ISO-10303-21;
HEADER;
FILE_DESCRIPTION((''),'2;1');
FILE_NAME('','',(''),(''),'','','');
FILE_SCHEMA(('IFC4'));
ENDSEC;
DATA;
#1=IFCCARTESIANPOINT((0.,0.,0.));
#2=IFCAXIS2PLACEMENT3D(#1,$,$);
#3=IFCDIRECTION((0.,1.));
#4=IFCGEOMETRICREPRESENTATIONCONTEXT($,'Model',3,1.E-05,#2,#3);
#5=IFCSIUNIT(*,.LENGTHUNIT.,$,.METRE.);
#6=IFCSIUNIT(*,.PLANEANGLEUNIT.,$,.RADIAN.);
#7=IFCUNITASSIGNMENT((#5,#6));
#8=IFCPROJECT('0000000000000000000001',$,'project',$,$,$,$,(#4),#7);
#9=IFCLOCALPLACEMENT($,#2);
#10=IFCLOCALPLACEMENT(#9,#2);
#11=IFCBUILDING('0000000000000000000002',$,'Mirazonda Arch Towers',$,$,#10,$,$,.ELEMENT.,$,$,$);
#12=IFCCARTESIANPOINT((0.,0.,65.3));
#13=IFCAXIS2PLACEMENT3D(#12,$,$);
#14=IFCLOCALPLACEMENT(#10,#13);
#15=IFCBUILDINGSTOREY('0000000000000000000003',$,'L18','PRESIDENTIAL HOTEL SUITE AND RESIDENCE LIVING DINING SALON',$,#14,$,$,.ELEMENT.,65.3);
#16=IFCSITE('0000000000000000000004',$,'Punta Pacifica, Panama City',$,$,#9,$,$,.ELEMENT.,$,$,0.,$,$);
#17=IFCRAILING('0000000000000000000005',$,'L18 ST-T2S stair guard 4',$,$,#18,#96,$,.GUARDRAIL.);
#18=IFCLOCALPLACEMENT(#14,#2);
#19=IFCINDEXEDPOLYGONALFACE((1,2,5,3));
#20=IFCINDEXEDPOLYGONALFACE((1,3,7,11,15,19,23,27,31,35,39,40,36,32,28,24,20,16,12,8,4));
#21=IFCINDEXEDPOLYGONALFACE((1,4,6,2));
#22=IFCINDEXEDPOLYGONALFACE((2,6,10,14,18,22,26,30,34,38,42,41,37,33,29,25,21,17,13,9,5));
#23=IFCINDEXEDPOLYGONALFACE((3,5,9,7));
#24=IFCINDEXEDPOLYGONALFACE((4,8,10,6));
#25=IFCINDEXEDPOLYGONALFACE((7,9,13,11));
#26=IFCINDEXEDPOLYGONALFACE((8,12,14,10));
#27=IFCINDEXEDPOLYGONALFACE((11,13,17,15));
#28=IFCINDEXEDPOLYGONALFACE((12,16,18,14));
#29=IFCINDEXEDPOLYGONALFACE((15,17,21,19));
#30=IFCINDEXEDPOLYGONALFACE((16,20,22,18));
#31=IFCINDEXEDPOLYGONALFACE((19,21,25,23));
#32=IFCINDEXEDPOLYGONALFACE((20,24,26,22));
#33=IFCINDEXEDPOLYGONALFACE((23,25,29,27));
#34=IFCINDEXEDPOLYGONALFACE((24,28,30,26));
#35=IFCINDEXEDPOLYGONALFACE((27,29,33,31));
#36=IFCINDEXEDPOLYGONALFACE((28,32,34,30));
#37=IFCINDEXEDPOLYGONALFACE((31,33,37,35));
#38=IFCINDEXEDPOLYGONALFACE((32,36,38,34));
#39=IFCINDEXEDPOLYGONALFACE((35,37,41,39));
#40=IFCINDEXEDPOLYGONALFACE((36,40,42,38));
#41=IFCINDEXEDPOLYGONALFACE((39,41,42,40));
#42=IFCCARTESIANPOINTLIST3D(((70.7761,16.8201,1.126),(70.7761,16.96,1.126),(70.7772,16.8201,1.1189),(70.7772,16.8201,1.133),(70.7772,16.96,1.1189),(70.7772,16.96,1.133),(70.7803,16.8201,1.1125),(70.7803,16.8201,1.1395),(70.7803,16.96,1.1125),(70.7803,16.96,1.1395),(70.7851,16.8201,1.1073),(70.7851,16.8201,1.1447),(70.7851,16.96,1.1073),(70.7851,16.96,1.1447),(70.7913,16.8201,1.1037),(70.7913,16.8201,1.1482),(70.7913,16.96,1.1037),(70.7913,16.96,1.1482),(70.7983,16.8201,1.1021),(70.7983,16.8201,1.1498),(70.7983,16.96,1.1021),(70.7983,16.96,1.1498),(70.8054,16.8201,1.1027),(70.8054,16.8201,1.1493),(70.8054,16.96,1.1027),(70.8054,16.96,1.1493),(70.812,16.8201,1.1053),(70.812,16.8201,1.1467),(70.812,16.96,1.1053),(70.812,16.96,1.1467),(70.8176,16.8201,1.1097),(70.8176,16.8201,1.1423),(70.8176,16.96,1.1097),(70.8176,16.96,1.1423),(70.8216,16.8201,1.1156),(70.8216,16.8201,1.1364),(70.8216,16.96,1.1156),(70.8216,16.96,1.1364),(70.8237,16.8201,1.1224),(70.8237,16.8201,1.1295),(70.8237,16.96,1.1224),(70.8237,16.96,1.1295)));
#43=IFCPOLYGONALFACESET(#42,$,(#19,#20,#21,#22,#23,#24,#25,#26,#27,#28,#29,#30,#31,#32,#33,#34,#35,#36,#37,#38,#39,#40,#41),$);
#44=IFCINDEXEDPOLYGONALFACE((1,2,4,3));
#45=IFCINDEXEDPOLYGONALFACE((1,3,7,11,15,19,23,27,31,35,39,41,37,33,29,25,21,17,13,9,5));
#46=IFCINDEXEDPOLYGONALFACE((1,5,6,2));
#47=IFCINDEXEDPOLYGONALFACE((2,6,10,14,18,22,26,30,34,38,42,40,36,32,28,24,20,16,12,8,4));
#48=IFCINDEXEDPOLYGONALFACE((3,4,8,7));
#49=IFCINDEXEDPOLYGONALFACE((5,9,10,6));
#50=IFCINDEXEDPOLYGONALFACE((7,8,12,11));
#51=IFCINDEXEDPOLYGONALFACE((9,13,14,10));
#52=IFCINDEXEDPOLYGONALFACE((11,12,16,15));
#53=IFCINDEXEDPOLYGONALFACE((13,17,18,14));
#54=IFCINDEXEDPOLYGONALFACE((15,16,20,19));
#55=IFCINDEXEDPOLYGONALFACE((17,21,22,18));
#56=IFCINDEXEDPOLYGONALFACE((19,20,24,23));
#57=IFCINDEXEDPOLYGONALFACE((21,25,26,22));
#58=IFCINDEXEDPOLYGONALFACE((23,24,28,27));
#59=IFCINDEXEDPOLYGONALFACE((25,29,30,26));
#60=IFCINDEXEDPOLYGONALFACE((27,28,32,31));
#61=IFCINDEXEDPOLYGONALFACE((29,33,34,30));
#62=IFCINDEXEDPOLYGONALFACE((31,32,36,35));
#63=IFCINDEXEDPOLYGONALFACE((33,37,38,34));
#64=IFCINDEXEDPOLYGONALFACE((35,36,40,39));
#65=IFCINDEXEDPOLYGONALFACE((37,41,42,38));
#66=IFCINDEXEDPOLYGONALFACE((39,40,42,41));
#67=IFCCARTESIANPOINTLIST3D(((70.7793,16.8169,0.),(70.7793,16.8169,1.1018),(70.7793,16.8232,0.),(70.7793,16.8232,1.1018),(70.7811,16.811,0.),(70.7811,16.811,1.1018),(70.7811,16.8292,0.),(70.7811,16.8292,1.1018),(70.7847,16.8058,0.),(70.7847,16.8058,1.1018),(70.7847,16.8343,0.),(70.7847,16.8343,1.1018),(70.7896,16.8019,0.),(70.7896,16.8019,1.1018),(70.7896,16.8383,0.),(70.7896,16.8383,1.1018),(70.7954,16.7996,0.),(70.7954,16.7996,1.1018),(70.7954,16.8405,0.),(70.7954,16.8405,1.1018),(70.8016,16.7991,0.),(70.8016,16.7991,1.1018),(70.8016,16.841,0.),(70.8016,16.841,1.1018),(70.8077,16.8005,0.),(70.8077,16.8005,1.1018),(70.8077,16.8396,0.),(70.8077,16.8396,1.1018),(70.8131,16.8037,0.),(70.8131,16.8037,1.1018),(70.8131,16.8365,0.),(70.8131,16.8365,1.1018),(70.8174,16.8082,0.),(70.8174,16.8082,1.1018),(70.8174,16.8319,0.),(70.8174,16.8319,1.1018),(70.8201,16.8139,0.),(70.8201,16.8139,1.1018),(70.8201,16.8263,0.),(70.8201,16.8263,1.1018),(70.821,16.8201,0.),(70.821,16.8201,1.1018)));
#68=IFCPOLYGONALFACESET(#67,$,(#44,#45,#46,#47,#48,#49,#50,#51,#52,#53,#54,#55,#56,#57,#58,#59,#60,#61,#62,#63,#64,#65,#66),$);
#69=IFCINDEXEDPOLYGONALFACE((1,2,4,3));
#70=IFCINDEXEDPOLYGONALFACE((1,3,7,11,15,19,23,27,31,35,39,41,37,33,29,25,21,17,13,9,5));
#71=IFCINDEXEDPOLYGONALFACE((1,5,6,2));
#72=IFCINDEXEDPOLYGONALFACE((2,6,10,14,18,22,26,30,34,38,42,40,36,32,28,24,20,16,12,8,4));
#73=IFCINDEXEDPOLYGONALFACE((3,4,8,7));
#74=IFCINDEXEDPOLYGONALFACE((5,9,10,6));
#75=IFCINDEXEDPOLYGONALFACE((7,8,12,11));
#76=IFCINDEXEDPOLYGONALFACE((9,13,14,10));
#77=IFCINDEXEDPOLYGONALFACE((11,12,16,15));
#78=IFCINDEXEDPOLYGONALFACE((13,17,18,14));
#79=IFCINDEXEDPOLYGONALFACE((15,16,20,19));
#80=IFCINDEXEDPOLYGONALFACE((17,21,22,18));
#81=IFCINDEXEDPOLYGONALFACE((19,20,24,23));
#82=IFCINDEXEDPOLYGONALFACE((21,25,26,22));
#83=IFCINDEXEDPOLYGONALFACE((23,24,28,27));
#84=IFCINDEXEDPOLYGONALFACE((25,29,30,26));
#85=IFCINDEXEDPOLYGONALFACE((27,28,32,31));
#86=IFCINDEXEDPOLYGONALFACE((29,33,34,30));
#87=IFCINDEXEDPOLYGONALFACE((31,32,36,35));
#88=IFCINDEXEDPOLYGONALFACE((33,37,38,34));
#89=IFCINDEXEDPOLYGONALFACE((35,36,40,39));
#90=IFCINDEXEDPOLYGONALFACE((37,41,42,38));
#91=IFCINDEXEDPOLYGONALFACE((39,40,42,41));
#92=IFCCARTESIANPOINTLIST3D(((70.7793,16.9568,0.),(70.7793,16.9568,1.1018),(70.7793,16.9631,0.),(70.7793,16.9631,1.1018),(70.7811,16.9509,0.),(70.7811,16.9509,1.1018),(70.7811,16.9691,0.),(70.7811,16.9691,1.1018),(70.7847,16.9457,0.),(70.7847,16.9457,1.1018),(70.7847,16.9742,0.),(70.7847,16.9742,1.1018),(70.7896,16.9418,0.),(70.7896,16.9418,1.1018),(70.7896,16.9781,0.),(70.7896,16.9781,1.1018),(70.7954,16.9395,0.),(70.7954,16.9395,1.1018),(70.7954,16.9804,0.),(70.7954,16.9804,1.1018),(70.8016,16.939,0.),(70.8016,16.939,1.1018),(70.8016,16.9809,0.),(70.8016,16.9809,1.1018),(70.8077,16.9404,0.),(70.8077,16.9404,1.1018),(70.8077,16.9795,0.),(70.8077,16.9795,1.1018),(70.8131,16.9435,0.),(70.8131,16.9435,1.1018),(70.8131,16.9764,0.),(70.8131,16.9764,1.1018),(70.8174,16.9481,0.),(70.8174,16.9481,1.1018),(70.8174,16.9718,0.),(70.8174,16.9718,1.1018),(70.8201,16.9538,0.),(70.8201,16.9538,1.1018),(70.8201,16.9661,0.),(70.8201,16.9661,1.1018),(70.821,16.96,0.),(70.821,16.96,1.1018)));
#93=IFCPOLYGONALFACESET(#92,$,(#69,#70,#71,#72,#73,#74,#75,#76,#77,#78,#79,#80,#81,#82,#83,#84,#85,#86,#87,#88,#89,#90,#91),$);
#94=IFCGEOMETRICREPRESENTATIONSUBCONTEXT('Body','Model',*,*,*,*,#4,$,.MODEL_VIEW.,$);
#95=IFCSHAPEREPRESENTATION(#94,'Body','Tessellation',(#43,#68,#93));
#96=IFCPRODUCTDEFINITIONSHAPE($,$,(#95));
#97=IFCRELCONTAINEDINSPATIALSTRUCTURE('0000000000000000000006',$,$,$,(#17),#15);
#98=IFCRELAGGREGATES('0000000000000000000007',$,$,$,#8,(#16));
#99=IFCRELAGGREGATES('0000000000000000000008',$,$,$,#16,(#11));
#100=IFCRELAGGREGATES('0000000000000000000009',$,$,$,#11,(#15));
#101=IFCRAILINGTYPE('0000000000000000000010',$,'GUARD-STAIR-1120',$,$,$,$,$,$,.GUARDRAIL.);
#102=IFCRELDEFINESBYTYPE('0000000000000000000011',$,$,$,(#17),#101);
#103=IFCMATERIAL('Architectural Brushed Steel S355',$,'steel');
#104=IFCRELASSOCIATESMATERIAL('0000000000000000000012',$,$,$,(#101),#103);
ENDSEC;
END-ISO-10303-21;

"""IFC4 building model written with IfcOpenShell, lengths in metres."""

from ifc_helpers import new_model, si_unit, direction, frame, origin, origin_2d, place, context, subcontext, project, spatial, circle, extrude, material, type_object, element, save


model = new_model("IFC4")

# Units and contexts
model_context = context("Model", 3, precision=1e-05, world=origin(), true_north=direction((0.0, 1.0)))
body_context = subcontext(model_context, "Body", "Model", "MODEL_VIEW")
ifc_project = project(units=[si_unit("LENGTHUNIT", "METRE"), si_unit("PLANEANGLEUNIT", "RADIAN")], contexts=[model_context])

# Site, building, storey
site_placement = place(None, origin())
site = spatial("IfcSite", under=ifc_project, at=site_placement, Name="Punta Pacifica, Panama City", CompositionType="ELEMENT", RefElevation=0.0)
building_placement = place(site_placement, origin())
building = spatial("IfcBuilding", under=site, at=building_placement, Name="Mirazonda Arch Towers", CompositionType="ELEMENT")
storey_placement = place(building_placement, frame((0.0, 0.0, 65.3)))
storey = spatial("IfcBuildingStorey", under=building, at=storey_placement, Name="L18", Description="PRESIDENTIAL HOTEL SUITE AND RESIDENCE LIVING DINING SALON", CompositionType="ELEMENT", Elevation=65.3)

# Railing
ifc_material_1 = material(Name="Architectural Brushed Steel S355", Category="steel")
railing_type_1 = type_object("IfcRailingType", Name="GUARD-STAIR-1120", PredefinedType="GUARDRAIL", material=ifc_material_1)
railing_1_placement = place(storey_placement, frame((70.8, 16.8201, 0.0)))
element("IfcRailing", 1, at=railing_1_placement, inside=storey, type_object=railing_type_1, Name="L18 ST-T2S stair guard 4", PredefinedType="GUARDRAIL", context=body_context, shape_type="SweptSolid", body=[
    extrude(circle(Radius=0.0239, at=origin_2d()), frame((0.0, 0.0, 1.126), z_axis=(0.0, 1.0, 0.0), x_axis=(-1.0, 0.0, 0.0)), (0.0, 0.0, 1.0), 0.1399),
    extrude(circle(Radius=0.021, at=origin_2d()), origin(), (0.0, 0.0, 1.0), 1.1018),
    extrude(circle(Radius=0.021, at=origin_2d()), frame((0.0, 0.1399, 0.0)), (0.0, 0.0, 1.0), 1.1018),
])

save(model, "model.ifc")
